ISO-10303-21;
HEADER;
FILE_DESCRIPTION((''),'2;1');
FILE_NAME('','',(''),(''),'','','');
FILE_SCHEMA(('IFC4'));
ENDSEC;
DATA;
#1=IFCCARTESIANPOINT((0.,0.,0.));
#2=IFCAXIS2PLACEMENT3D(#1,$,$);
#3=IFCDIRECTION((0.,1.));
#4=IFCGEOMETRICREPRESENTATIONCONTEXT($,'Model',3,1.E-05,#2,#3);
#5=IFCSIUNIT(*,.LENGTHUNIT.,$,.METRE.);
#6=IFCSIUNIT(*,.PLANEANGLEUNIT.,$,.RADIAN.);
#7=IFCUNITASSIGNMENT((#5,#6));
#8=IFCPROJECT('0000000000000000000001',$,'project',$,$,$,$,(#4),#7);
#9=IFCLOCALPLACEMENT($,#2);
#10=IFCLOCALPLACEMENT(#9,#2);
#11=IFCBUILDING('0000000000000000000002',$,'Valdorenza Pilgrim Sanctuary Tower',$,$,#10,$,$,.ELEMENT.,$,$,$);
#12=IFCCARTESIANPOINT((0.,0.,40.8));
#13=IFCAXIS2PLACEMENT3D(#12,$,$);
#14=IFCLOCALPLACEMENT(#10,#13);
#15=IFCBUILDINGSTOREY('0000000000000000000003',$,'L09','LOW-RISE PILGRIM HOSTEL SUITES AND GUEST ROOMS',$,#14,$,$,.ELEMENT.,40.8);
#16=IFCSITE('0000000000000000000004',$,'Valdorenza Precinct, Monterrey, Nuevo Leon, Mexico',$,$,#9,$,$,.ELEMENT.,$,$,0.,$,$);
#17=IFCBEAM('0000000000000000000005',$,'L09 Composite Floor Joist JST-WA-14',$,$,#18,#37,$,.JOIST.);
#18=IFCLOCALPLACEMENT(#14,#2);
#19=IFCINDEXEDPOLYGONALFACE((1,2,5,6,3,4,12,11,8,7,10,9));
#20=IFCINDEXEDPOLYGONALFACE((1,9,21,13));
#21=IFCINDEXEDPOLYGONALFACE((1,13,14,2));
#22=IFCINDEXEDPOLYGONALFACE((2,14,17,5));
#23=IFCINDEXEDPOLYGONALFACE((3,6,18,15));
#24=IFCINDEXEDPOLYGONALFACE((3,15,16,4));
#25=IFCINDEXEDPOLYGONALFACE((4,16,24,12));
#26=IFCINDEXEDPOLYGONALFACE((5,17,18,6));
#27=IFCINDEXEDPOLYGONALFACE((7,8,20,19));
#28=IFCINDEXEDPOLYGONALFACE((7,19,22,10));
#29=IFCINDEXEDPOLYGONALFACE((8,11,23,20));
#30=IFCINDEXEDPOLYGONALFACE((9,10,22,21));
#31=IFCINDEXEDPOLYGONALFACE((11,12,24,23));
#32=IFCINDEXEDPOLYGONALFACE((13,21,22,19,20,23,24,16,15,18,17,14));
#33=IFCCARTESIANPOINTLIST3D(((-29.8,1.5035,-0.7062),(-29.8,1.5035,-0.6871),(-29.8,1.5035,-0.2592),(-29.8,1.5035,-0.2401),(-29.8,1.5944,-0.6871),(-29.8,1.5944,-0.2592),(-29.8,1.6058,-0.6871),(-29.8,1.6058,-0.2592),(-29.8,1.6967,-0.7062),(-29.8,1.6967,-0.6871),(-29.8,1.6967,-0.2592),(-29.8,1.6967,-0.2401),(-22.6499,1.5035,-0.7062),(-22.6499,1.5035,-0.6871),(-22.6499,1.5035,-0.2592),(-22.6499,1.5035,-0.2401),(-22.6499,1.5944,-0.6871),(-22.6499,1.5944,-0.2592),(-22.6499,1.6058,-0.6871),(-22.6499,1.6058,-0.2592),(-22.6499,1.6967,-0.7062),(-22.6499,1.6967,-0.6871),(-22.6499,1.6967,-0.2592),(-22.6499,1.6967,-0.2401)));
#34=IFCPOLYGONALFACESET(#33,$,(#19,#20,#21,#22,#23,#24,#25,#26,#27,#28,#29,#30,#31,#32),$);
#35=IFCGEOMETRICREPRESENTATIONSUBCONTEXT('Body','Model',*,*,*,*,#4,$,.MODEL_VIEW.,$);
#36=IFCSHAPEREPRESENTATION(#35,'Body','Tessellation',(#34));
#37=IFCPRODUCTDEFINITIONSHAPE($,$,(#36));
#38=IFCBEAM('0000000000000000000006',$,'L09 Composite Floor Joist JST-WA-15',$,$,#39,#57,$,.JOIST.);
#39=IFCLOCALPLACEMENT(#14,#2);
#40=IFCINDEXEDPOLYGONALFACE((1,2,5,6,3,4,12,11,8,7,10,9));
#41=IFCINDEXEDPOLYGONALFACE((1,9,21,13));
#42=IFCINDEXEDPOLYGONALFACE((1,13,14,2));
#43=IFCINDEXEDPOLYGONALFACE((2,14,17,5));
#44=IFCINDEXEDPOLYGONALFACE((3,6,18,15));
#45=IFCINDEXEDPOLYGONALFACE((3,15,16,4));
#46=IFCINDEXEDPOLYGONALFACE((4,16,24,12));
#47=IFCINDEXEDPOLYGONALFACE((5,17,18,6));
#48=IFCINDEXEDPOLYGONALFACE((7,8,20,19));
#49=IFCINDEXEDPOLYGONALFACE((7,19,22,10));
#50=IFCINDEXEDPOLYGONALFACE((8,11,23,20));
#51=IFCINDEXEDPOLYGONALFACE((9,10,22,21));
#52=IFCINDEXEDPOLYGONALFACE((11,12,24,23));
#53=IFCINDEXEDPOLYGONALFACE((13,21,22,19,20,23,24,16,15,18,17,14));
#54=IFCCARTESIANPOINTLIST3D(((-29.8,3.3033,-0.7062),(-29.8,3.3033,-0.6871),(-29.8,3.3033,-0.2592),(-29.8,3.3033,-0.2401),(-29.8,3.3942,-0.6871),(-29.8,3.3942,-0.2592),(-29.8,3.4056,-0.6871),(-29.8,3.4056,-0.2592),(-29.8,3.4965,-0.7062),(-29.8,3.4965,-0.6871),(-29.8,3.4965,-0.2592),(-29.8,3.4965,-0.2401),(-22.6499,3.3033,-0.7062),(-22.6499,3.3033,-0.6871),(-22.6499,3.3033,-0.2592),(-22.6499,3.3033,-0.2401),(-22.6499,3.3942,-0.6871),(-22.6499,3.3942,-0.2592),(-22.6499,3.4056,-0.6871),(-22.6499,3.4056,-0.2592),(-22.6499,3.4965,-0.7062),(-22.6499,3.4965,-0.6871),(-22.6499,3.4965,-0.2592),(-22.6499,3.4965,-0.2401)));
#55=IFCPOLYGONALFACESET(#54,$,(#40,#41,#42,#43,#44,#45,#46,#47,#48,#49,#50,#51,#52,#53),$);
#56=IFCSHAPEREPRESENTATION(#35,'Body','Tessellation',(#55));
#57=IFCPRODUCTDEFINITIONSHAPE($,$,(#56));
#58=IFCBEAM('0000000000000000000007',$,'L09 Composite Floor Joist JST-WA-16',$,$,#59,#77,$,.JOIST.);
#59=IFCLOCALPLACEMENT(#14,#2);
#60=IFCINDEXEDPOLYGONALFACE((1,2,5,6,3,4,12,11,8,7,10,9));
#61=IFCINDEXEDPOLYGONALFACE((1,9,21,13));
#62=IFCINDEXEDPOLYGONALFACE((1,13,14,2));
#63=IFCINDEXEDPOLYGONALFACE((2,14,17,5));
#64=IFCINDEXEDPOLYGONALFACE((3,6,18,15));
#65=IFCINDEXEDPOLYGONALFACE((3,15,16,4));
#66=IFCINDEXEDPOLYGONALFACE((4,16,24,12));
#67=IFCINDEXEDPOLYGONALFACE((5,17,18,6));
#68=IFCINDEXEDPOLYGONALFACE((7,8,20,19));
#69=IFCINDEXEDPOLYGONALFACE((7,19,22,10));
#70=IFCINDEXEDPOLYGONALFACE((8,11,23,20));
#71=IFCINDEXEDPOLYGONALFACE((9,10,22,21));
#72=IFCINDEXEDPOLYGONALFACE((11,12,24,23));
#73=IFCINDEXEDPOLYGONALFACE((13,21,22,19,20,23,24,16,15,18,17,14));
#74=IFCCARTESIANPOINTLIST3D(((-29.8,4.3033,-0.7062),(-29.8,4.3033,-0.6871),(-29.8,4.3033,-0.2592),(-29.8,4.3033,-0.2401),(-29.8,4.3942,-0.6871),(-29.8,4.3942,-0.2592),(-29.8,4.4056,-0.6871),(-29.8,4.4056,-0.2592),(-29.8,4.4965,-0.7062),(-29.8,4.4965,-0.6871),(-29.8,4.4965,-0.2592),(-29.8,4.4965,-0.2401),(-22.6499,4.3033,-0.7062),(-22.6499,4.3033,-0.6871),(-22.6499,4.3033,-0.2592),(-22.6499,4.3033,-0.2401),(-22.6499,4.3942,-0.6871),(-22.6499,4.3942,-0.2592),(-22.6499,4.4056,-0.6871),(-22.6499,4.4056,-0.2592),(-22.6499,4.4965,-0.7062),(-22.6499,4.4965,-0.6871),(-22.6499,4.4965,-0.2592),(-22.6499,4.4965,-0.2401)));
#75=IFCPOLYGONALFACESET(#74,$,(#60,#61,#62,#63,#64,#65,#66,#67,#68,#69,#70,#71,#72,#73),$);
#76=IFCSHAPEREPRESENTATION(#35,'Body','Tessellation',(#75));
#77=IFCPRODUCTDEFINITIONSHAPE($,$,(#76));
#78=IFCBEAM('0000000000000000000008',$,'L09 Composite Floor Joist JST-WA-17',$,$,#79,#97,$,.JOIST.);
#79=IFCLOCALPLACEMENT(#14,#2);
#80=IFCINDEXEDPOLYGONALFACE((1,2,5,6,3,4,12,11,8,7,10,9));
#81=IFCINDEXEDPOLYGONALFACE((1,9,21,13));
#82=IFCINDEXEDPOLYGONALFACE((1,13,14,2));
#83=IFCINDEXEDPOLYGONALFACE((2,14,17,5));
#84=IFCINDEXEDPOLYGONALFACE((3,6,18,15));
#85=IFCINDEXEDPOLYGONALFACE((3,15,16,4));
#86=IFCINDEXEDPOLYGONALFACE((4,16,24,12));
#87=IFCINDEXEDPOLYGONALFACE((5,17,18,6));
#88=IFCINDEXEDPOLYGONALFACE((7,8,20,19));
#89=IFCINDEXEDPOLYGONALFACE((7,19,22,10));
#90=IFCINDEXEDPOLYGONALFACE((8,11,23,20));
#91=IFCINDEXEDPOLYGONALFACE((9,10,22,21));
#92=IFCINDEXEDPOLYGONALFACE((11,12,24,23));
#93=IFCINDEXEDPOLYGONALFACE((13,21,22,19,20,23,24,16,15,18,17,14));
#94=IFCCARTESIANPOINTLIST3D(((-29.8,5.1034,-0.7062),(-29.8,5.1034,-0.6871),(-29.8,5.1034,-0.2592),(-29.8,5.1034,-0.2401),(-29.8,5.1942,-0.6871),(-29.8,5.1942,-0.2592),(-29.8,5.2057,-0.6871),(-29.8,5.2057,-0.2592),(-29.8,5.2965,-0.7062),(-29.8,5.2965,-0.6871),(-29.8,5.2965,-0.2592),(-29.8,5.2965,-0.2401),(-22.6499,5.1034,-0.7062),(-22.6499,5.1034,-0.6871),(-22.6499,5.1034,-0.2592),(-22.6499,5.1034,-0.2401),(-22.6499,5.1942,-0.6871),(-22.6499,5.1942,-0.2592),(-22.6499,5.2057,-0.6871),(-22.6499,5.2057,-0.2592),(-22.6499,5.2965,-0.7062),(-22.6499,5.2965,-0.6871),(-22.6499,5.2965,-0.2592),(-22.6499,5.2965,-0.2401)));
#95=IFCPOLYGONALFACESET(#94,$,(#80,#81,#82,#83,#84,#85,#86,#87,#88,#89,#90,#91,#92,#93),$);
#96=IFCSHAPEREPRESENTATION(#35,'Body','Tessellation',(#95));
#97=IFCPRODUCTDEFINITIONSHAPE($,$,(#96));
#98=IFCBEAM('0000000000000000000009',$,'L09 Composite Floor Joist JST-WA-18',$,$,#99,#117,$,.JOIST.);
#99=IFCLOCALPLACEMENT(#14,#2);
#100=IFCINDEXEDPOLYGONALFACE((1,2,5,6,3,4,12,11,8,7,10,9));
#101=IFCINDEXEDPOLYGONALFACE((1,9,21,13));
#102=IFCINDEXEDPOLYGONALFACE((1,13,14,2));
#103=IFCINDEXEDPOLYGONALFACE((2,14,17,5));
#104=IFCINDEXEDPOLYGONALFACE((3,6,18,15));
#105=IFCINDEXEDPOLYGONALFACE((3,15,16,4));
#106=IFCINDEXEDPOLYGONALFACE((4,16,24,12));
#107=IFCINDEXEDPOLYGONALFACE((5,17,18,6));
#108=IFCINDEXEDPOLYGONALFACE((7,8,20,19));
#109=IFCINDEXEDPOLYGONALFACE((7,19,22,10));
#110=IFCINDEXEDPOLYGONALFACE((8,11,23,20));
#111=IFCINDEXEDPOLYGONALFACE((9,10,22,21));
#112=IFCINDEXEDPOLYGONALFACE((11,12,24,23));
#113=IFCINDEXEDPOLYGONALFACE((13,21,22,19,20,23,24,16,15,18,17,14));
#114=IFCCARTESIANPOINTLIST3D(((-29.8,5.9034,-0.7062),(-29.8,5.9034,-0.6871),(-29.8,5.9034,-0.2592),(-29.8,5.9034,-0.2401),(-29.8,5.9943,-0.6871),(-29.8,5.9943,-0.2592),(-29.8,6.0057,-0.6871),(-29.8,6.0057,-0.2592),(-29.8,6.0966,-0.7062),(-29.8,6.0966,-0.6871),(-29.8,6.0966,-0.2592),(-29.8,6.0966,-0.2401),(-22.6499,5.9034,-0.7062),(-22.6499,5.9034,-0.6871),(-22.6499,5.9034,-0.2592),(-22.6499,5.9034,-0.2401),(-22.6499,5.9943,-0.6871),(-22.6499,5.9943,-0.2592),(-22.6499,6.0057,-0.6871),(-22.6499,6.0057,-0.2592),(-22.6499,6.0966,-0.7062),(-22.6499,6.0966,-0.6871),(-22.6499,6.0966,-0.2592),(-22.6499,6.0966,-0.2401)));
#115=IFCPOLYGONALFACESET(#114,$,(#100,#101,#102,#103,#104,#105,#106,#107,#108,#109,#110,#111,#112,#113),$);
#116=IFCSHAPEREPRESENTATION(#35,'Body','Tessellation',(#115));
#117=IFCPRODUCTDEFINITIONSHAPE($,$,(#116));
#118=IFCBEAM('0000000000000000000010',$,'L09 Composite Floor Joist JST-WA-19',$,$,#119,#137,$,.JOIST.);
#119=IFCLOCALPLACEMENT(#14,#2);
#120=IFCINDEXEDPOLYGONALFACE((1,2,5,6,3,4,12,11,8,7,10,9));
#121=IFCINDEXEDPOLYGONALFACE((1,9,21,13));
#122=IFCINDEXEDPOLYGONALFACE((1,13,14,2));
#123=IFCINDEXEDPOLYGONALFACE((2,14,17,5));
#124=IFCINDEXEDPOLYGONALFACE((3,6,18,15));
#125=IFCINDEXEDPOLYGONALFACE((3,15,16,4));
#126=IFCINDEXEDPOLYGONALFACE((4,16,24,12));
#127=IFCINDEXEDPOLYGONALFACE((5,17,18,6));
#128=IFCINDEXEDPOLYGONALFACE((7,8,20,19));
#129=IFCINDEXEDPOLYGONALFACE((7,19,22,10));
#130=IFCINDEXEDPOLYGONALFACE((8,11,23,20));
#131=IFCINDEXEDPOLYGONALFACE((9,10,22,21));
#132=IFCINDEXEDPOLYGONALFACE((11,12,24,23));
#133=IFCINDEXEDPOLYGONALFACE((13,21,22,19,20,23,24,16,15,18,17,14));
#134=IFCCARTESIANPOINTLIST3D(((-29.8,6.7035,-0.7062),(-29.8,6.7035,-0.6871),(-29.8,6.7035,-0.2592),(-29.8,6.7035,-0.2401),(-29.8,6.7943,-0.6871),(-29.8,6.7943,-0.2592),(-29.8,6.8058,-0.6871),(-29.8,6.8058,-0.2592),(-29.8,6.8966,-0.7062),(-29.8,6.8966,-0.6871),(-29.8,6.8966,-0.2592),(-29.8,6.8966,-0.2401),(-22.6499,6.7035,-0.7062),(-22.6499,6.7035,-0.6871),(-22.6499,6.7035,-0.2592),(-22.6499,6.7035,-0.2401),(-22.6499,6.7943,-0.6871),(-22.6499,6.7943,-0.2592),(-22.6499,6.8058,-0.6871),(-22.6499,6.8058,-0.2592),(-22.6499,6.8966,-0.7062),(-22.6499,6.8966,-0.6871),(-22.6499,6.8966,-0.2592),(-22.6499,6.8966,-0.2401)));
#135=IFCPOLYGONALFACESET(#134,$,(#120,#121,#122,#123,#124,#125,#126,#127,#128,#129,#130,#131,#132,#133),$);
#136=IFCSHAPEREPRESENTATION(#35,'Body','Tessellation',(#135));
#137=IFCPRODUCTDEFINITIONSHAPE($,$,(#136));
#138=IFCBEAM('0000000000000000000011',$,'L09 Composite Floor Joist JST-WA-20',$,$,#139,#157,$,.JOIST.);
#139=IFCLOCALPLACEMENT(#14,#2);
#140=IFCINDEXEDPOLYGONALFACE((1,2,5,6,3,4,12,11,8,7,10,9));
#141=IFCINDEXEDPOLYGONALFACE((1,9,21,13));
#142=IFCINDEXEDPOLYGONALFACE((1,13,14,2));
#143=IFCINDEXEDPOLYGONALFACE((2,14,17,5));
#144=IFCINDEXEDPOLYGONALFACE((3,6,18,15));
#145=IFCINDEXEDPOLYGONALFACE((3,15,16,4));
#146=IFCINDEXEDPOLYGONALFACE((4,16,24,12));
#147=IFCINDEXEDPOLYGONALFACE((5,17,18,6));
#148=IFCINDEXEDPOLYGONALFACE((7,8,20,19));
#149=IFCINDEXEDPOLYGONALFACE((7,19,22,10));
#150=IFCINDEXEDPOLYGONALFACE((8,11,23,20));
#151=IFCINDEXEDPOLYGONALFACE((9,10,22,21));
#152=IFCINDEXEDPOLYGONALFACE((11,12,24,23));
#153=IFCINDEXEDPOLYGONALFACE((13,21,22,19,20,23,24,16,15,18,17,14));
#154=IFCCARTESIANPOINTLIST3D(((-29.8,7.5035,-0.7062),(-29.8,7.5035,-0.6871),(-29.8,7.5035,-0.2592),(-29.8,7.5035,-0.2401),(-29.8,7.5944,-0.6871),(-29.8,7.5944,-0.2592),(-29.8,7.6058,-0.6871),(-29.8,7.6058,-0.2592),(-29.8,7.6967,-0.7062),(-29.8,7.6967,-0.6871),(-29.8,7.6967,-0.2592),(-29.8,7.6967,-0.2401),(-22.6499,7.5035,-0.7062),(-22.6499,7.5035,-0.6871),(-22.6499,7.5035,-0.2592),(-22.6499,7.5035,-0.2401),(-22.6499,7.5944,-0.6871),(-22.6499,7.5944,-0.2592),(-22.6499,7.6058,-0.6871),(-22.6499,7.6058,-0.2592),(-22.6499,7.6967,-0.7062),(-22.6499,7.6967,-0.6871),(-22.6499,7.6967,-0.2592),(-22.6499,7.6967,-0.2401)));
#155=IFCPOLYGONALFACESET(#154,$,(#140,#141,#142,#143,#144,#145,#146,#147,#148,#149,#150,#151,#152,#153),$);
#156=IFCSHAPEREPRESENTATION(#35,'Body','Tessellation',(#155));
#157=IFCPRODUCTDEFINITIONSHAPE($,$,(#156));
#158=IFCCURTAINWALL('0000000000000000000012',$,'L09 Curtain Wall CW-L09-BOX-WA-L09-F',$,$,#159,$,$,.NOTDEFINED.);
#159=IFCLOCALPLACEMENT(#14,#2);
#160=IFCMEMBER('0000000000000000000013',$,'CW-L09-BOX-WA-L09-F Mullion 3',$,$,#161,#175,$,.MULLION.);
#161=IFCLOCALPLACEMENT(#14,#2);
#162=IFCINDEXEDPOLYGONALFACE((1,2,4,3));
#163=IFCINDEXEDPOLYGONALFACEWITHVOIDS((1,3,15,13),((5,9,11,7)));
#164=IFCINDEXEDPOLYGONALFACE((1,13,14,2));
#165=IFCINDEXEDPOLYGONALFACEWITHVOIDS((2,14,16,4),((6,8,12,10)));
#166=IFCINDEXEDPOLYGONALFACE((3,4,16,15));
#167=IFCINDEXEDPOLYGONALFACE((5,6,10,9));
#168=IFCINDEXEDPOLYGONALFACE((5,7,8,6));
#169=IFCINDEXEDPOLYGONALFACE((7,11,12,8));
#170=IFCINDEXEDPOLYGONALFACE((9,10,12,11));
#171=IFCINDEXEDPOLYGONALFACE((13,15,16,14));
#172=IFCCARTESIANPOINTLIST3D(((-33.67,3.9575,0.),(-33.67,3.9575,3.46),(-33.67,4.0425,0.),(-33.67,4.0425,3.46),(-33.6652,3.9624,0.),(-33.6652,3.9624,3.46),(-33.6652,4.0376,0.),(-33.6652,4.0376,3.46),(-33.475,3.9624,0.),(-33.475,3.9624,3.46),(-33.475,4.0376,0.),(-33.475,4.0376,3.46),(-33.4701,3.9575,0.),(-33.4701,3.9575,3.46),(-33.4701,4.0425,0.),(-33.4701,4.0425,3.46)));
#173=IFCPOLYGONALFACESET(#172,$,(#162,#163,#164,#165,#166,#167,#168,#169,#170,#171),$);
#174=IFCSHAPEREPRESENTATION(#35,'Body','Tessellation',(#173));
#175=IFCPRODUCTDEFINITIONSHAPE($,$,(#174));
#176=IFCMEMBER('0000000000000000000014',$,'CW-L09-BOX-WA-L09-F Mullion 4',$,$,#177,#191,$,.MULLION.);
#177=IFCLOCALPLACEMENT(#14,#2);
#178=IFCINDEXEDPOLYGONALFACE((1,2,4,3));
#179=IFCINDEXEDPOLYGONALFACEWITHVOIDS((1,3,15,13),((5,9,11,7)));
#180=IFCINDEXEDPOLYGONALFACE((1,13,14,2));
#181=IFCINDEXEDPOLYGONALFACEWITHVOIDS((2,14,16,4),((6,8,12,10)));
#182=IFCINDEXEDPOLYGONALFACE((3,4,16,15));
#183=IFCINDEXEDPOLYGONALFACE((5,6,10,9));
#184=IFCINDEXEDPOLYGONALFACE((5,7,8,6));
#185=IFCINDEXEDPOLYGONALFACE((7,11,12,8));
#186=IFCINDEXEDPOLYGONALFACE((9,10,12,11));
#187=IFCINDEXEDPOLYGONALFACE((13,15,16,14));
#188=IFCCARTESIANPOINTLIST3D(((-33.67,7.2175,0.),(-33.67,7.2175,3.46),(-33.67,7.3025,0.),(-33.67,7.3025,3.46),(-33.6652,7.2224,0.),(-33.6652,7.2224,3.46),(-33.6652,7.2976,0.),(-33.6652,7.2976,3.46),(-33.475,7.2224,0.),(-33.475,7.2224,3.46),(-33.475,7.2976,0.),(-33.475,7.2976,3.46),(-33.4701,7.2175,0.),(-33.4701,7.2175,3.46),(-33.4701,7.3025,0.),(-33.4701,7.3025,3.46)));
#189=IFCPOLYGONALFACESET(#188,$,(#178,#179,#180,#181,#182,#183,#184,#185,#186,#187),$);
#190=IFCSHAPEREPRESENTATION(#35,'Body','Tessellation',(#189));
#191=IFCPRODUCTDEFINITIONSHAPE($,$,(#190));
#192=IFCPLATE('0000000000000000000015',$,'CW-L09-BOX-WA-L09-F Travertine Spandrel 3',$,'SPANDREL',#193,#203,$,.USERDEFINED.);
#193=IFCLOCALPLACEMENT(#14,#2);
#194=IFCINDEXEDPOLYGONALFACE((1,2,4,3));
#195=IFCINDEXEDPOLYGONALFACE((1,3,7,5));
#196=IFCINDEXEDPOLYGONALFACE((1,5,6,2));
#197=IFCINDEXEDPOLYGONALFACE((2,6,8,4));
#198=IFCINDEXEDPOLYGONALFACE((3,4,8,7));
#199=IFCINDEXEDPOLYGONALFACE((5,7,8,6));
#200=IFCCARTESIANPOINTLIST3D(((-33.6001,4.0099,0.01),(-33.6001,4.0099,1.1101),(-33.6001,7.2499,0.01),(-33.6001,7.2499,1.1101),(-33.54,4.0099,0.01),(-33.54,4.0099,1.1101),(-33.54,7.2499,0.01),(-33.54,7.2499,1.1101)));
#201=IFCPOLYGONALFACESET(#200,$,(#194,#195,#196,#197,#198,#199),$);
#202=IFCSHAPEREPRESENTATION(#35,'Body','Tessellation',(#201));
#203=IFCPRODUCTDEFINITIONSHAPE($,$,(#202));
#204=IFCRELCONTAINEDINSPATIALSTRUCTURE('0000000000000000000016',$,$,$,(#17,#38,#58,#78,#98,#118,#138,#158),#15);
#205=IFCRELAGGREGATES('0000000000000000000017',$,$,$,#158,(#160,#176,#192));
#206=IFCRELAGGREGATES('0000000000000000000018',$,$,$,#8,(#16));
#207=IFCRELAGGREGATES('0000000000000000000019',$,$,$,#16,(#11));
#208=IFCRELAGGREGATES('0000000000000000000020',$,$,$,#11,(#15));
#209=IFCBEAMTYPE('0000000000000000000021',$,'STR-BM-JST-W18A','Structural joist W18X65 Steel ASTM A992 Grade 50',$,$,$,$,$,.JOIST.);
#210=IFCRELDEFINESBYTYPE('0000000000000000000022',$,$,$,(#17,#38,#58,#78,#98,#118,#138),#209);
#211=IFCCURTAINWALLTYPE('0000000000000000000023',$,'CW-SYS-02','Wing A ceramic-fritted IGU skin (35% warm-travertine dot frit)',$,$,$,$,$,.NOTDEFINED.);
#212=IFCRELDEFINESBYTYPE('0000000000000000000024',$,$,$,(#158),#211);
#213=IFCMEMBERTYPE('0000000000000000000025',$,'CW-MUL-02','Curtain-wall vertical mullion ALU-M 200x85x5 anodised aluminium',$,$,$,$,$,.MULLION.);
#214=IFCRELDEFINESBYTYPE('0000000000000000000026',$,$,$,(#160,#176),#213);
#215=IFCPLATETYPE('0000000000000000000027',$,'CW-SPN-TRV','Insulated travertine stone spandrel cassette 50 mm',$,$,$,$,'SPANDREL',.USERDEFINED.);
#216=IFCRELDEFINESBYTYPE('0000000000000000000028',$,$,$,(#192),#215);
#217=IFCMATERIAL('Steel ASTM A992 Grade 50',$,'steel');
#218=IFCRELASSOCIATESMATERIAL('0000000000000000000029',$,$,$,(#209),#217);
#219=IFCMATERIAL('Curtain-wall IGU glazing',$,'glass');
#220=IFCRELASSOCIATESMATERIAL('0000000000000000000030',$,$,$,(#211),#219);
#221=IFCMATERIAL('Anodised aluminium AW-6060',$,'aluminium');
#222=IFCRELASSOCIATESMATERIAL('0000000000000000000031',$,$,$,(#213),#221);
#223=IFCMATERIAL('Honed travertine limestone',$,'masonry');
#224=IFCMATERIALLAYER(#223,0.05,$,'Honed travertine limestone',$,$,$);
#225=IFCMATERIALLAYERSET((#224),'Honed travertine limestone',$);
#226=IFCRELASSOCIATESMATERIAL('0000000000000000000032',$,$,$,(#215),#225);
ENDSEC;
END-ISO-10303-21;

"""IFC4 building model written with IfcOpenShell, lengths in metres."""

from ifc_helpers import new_model, si_unit, direction, frame, origin, origin_2d, place, context, subcontext, project, spatial, rectangle, hollow_rectangle, i_section, extrude, source, transform, mapped, material, layer, layer_set, material_profile, profile_set, type_object, element, aggregate, save


model = new_model("IFC4")

# Units and contexts
model_context = context("Model", 3, precision=1e-05, world=origin(), true_north=direction((0.0, 1.0)))
body_context = subcontext(model_context, "Body", "Model", "MODEL_VIEW")
ifc_project = project(units=[si_unit("LENGTHUNIT", "METRE"), si_unit("PLANEANGLEUNIT", "RADIAN")], contexts=[model_context])

# Site, building, storey
site_placement = place(None, origin())
site = spatial("IfcSite", under=ifc_project, at=site_placement, Name="Valdorenza Precinct, Monterrey, Nuevo Leon, Mexico", CompositionType="ELEMENT", RefElevation=0.0)
building_placement = place(site_placement, origin())
building = spatial("IfcBuilding", under=site, at=building_placement, Name="Valdorenza Pilgrim Sanctuary Tower", CompositionType="ELEMENT")
storey_placement = place(building_placement, frame((0.0, 0.0, 40.8)))
storey = spatial("IfcBuildingStorey", under=building, at=storey_placement, Name="L09", Description="LOW-RISE PILGRIM HOSTEL SUITES AND GUEST ROOMS", CompositionType="ELEMENT", Elevation=40.8)

# Beams
ifc_material_1 = material(Name="Steel ASTM A992 Grade 50", Category="steel")
ifc_material_profile_1 = material_profile(ifc_material_1, i_section(OverallWidth=0.1931, OverallDepth=0.4661, WebThickness=0.0115, FlangeThickness=0.019, at=origin_2d()), Name="W18X65")
ifc_profile_set_1 = profile_set([ifc_material_profile_1], Name="Steel ASTM A992 Grade 50")
beam_type = type_object("IfcBeamType", Name="STR-BM-JST-W18A", Description="Structural joist W18X65 Steel ASTM A992 Grade 50", PredefinedType="JOIST", material=ifc_profile_set_1)
shared_shape_1 = source(origin(), body_context, "Body", "SweptSolid", [
    extrude(i_section(OverallWidth=0.1931, OverallDepth=0.4661, WebThickness=0.0115, FlangeThickness=0.019, at=origin_2d()), origin(), (0.0, 0.0, 1.0), 7.1501),
])
for number, where, z_axis, x_axis, name in (
    (1, (-29.8, 1.6001, -0.4731), (1.0, 0.0, 0.0), (0.0, 1.0, 0.0), "L09 Composite Floor Joist JST-WA-14"),
    (2, (-29.8, 3.3999, -0.4731), (1.0, 0.0, 0.0), (0.0, 1.0, 0.0), "L09 Composite Floor Joist JST-WA-15"),
    (3, (-29.8, 4.3999, -0.4731), (1.0, 0.0, 0.0), (0.0, 1.0, 0.0), "L09 Composite Floor Joist JST-WA-16"),
    (4, (-29.8, 5.2, -0.4731), (1.0, 0.0, 0.0), (0.0, 1.0, 0.0), "L09 Composite Floor Joist JST-WA-17"),
    (5, (-29.8, 6.0, -0.4731), (1.0, 0.0, 0.0), (0.0, 1.0, 0.0), "L09 Composite Floor Joist JST-WA-18"),
    (6, (-29.8, 6.8, -0.4731), (1.0, 0.0, 0.0), (0.0, 1.0, 0.0), "L09 Composite Floor Joist JST-WA-19"),
    (7, (-29.8, 7.6001, -0.4731), (1.0, 0.0, 0.0), (0.0, 1.0, 0.0), "L09 Composite Floor Joist JST-WA-20"),
):
    element("IfcBeam", number, at=place(storey_placement, frame(where, z_axis=z_axis, x_axis=x_axis)), inside=storey, type_object=beam_type, Name=name, PredefinedType="JOIST", context=body_context, shape_type="MappedRepresentation", body=[
        mapped(shared_shape_1, transform((0.0, 0.0, 0.0), x_axis=(1.0, 0.0, 0.0), y_axis=(0.0, 1.0, 0.0), z_axis=(0.0, 0.0, 1.0), scale=1.0)),
    ])

# Curtain wall, members, plate
ifc_material_2 = material(Name="Curtain-wall IGU glazing", Category="glass")
curtain_wall_type = type_object("IfcCurtainWallType", Name="CW-SYS-02", Description="Wing A ceramic-fritted IGU skin (35% warm-travertine dot frit)", PredefinedType="NOTDEFINED", material=ifc_material_2)
curtain_wall_placement = place(storey_placement, origin())
curtain_wall = element("IfcCurtainWall", 8, at=curtain_wall_placement, inside=storey, type_object=curtain_wall_type, Name="L09 Curtain Wall CW-L09-BOX-WA-L09-F", PredefinedType="NOTDEFINED")
ifc_material_3 = material(Name="Anodised aluminium AW-6060", Category="aluminium")
ifc_material_profile_2 = material_profile(ifc_material_3, hollow_rectangle(XDim=0.085, YDim=0.2, WallThickness=0.0049, at=origin_2d()), Name="ALU-M 200x85x5")
ifc_profile_set_2 = profile_set([ifc_material_profile_2], Name="Anodised aluminium AW-6060")
member_type = type_object("IfcMemberType", Name="CW-MUL-02", Description="Curtain-wall vertical mullion ALU-M 200x85x5 anodised aluminium", PredefinedType="MULLION", material=ifc_profile_set_2)
shared_shape_2 = source(origin(), body_context, "Body", "SweptSolid", [
    extrude(hollow_rectangle(XDim=0.085, YDim=0.2, WallThickness=0.0049, at=origin_2d()), origin(), (0.0, 0.0, 1.0), 3.46),
])
member_1_placement = place(storey_placement, frame((-33.5701, 4.0, 0.0), z_axis=(0.0, 0.0, 1.0), x_axis=(0.0, 1.0, 0.0)))
member_1 = element("IfcMember", 9, at=member_1_placement, type_object=member_type, Name="CW-L09-BOX-WA-L09-F Mullion 3", PredefinedType="MULLION", context=body_context, shape_type="MappedRepresentation", body=[
    mapped(shared_shape_2, transform((0.0, 0.0, 0.0), x_axis=(1.0, 0.0, 0.0), y_axis=(0.0, 1.0, 0.0), z_axis=(0.0, 0.0, 1.0), scale=1.0)),
])
member_2_placement = place(storey_placement, frame((-33.5701, 7.26, 0.0), z_axis=(0.0, 0.0, 1.0), x_axis=(0.0, 1.0, 0.0)))
member_2 = element("IfcMember", 10, at=member_2_placement, type_object=member_type, Name="CW-L09-BOX-WA-L09-F Mullion 4", PredefinedType="MULLION", context=body_context, shape_type="MappedRepresentation", body=[
    mapped(shared_shape_2, transform((0.0, 0.0, 0.0), x_axis=(1.0, 0.0, 0.0), y_axis=(0.0, 1.0, 0.0), z_axis=(0.0, 0.0, 1.0), scale=1.0)),
])
ifc_material_4 = material(Name="Honed travertine limestone", Category="masonry")
ifc_layer_1 = layer(ifc_material_4, 0.05, Name="Honed travertine limestone")
ifc_layer_set_1 = layer_set([ifc_layer_1], Name="Honed travertine limestone")
plate_type_1 = type_object("IfcPlateType", Name="CW-SPN-TRV", Description="Insulated travertine stone spandrel cassette 50 mm", ElementType="SPANDREL", PredefinedType="USERDEFINED", material=ifc_layer_set_1)
shared_shape_3 = source(origin(), body_context, "Body", "SweptSolid", [
    extrude(rectangle(XDim=3.24, YDim=0.0601, at=origin_2d()), origin(), (0.0, 0.0, 1.0), 1.1001),
])
plate_1_placement = place(storey_placement, frame((-33.5701, 5.6299, 0.01), z_axis=(0.0, 0.0, 1.0), x_axis=(0.0, 1.0, 0.0)))
plate_1 = element("IfcPlate", 11, at=plate_1_placement, type_object=plate_type_1, Name="CW-L09-BOX-WA-L09-F Travertine Spandrel 3", ObjectType="SPANDREL", PredefinedType="USERDEFINED", context=body_context, shape_type="MappedRepresentation", body=[
    mapped(shared_shape_3, transform((0.0, 0.0, 0.0), x_axis=(1.0, 0.0, 0.0), y_axis=(0.0, 1.0, 0.0), z_axis=(0.0, 0.0, 1.0), scale=1.0)),
])
aggregate(curtain_wall, [member_1, member_2, plate_1])

save(model, "model.ifc")
